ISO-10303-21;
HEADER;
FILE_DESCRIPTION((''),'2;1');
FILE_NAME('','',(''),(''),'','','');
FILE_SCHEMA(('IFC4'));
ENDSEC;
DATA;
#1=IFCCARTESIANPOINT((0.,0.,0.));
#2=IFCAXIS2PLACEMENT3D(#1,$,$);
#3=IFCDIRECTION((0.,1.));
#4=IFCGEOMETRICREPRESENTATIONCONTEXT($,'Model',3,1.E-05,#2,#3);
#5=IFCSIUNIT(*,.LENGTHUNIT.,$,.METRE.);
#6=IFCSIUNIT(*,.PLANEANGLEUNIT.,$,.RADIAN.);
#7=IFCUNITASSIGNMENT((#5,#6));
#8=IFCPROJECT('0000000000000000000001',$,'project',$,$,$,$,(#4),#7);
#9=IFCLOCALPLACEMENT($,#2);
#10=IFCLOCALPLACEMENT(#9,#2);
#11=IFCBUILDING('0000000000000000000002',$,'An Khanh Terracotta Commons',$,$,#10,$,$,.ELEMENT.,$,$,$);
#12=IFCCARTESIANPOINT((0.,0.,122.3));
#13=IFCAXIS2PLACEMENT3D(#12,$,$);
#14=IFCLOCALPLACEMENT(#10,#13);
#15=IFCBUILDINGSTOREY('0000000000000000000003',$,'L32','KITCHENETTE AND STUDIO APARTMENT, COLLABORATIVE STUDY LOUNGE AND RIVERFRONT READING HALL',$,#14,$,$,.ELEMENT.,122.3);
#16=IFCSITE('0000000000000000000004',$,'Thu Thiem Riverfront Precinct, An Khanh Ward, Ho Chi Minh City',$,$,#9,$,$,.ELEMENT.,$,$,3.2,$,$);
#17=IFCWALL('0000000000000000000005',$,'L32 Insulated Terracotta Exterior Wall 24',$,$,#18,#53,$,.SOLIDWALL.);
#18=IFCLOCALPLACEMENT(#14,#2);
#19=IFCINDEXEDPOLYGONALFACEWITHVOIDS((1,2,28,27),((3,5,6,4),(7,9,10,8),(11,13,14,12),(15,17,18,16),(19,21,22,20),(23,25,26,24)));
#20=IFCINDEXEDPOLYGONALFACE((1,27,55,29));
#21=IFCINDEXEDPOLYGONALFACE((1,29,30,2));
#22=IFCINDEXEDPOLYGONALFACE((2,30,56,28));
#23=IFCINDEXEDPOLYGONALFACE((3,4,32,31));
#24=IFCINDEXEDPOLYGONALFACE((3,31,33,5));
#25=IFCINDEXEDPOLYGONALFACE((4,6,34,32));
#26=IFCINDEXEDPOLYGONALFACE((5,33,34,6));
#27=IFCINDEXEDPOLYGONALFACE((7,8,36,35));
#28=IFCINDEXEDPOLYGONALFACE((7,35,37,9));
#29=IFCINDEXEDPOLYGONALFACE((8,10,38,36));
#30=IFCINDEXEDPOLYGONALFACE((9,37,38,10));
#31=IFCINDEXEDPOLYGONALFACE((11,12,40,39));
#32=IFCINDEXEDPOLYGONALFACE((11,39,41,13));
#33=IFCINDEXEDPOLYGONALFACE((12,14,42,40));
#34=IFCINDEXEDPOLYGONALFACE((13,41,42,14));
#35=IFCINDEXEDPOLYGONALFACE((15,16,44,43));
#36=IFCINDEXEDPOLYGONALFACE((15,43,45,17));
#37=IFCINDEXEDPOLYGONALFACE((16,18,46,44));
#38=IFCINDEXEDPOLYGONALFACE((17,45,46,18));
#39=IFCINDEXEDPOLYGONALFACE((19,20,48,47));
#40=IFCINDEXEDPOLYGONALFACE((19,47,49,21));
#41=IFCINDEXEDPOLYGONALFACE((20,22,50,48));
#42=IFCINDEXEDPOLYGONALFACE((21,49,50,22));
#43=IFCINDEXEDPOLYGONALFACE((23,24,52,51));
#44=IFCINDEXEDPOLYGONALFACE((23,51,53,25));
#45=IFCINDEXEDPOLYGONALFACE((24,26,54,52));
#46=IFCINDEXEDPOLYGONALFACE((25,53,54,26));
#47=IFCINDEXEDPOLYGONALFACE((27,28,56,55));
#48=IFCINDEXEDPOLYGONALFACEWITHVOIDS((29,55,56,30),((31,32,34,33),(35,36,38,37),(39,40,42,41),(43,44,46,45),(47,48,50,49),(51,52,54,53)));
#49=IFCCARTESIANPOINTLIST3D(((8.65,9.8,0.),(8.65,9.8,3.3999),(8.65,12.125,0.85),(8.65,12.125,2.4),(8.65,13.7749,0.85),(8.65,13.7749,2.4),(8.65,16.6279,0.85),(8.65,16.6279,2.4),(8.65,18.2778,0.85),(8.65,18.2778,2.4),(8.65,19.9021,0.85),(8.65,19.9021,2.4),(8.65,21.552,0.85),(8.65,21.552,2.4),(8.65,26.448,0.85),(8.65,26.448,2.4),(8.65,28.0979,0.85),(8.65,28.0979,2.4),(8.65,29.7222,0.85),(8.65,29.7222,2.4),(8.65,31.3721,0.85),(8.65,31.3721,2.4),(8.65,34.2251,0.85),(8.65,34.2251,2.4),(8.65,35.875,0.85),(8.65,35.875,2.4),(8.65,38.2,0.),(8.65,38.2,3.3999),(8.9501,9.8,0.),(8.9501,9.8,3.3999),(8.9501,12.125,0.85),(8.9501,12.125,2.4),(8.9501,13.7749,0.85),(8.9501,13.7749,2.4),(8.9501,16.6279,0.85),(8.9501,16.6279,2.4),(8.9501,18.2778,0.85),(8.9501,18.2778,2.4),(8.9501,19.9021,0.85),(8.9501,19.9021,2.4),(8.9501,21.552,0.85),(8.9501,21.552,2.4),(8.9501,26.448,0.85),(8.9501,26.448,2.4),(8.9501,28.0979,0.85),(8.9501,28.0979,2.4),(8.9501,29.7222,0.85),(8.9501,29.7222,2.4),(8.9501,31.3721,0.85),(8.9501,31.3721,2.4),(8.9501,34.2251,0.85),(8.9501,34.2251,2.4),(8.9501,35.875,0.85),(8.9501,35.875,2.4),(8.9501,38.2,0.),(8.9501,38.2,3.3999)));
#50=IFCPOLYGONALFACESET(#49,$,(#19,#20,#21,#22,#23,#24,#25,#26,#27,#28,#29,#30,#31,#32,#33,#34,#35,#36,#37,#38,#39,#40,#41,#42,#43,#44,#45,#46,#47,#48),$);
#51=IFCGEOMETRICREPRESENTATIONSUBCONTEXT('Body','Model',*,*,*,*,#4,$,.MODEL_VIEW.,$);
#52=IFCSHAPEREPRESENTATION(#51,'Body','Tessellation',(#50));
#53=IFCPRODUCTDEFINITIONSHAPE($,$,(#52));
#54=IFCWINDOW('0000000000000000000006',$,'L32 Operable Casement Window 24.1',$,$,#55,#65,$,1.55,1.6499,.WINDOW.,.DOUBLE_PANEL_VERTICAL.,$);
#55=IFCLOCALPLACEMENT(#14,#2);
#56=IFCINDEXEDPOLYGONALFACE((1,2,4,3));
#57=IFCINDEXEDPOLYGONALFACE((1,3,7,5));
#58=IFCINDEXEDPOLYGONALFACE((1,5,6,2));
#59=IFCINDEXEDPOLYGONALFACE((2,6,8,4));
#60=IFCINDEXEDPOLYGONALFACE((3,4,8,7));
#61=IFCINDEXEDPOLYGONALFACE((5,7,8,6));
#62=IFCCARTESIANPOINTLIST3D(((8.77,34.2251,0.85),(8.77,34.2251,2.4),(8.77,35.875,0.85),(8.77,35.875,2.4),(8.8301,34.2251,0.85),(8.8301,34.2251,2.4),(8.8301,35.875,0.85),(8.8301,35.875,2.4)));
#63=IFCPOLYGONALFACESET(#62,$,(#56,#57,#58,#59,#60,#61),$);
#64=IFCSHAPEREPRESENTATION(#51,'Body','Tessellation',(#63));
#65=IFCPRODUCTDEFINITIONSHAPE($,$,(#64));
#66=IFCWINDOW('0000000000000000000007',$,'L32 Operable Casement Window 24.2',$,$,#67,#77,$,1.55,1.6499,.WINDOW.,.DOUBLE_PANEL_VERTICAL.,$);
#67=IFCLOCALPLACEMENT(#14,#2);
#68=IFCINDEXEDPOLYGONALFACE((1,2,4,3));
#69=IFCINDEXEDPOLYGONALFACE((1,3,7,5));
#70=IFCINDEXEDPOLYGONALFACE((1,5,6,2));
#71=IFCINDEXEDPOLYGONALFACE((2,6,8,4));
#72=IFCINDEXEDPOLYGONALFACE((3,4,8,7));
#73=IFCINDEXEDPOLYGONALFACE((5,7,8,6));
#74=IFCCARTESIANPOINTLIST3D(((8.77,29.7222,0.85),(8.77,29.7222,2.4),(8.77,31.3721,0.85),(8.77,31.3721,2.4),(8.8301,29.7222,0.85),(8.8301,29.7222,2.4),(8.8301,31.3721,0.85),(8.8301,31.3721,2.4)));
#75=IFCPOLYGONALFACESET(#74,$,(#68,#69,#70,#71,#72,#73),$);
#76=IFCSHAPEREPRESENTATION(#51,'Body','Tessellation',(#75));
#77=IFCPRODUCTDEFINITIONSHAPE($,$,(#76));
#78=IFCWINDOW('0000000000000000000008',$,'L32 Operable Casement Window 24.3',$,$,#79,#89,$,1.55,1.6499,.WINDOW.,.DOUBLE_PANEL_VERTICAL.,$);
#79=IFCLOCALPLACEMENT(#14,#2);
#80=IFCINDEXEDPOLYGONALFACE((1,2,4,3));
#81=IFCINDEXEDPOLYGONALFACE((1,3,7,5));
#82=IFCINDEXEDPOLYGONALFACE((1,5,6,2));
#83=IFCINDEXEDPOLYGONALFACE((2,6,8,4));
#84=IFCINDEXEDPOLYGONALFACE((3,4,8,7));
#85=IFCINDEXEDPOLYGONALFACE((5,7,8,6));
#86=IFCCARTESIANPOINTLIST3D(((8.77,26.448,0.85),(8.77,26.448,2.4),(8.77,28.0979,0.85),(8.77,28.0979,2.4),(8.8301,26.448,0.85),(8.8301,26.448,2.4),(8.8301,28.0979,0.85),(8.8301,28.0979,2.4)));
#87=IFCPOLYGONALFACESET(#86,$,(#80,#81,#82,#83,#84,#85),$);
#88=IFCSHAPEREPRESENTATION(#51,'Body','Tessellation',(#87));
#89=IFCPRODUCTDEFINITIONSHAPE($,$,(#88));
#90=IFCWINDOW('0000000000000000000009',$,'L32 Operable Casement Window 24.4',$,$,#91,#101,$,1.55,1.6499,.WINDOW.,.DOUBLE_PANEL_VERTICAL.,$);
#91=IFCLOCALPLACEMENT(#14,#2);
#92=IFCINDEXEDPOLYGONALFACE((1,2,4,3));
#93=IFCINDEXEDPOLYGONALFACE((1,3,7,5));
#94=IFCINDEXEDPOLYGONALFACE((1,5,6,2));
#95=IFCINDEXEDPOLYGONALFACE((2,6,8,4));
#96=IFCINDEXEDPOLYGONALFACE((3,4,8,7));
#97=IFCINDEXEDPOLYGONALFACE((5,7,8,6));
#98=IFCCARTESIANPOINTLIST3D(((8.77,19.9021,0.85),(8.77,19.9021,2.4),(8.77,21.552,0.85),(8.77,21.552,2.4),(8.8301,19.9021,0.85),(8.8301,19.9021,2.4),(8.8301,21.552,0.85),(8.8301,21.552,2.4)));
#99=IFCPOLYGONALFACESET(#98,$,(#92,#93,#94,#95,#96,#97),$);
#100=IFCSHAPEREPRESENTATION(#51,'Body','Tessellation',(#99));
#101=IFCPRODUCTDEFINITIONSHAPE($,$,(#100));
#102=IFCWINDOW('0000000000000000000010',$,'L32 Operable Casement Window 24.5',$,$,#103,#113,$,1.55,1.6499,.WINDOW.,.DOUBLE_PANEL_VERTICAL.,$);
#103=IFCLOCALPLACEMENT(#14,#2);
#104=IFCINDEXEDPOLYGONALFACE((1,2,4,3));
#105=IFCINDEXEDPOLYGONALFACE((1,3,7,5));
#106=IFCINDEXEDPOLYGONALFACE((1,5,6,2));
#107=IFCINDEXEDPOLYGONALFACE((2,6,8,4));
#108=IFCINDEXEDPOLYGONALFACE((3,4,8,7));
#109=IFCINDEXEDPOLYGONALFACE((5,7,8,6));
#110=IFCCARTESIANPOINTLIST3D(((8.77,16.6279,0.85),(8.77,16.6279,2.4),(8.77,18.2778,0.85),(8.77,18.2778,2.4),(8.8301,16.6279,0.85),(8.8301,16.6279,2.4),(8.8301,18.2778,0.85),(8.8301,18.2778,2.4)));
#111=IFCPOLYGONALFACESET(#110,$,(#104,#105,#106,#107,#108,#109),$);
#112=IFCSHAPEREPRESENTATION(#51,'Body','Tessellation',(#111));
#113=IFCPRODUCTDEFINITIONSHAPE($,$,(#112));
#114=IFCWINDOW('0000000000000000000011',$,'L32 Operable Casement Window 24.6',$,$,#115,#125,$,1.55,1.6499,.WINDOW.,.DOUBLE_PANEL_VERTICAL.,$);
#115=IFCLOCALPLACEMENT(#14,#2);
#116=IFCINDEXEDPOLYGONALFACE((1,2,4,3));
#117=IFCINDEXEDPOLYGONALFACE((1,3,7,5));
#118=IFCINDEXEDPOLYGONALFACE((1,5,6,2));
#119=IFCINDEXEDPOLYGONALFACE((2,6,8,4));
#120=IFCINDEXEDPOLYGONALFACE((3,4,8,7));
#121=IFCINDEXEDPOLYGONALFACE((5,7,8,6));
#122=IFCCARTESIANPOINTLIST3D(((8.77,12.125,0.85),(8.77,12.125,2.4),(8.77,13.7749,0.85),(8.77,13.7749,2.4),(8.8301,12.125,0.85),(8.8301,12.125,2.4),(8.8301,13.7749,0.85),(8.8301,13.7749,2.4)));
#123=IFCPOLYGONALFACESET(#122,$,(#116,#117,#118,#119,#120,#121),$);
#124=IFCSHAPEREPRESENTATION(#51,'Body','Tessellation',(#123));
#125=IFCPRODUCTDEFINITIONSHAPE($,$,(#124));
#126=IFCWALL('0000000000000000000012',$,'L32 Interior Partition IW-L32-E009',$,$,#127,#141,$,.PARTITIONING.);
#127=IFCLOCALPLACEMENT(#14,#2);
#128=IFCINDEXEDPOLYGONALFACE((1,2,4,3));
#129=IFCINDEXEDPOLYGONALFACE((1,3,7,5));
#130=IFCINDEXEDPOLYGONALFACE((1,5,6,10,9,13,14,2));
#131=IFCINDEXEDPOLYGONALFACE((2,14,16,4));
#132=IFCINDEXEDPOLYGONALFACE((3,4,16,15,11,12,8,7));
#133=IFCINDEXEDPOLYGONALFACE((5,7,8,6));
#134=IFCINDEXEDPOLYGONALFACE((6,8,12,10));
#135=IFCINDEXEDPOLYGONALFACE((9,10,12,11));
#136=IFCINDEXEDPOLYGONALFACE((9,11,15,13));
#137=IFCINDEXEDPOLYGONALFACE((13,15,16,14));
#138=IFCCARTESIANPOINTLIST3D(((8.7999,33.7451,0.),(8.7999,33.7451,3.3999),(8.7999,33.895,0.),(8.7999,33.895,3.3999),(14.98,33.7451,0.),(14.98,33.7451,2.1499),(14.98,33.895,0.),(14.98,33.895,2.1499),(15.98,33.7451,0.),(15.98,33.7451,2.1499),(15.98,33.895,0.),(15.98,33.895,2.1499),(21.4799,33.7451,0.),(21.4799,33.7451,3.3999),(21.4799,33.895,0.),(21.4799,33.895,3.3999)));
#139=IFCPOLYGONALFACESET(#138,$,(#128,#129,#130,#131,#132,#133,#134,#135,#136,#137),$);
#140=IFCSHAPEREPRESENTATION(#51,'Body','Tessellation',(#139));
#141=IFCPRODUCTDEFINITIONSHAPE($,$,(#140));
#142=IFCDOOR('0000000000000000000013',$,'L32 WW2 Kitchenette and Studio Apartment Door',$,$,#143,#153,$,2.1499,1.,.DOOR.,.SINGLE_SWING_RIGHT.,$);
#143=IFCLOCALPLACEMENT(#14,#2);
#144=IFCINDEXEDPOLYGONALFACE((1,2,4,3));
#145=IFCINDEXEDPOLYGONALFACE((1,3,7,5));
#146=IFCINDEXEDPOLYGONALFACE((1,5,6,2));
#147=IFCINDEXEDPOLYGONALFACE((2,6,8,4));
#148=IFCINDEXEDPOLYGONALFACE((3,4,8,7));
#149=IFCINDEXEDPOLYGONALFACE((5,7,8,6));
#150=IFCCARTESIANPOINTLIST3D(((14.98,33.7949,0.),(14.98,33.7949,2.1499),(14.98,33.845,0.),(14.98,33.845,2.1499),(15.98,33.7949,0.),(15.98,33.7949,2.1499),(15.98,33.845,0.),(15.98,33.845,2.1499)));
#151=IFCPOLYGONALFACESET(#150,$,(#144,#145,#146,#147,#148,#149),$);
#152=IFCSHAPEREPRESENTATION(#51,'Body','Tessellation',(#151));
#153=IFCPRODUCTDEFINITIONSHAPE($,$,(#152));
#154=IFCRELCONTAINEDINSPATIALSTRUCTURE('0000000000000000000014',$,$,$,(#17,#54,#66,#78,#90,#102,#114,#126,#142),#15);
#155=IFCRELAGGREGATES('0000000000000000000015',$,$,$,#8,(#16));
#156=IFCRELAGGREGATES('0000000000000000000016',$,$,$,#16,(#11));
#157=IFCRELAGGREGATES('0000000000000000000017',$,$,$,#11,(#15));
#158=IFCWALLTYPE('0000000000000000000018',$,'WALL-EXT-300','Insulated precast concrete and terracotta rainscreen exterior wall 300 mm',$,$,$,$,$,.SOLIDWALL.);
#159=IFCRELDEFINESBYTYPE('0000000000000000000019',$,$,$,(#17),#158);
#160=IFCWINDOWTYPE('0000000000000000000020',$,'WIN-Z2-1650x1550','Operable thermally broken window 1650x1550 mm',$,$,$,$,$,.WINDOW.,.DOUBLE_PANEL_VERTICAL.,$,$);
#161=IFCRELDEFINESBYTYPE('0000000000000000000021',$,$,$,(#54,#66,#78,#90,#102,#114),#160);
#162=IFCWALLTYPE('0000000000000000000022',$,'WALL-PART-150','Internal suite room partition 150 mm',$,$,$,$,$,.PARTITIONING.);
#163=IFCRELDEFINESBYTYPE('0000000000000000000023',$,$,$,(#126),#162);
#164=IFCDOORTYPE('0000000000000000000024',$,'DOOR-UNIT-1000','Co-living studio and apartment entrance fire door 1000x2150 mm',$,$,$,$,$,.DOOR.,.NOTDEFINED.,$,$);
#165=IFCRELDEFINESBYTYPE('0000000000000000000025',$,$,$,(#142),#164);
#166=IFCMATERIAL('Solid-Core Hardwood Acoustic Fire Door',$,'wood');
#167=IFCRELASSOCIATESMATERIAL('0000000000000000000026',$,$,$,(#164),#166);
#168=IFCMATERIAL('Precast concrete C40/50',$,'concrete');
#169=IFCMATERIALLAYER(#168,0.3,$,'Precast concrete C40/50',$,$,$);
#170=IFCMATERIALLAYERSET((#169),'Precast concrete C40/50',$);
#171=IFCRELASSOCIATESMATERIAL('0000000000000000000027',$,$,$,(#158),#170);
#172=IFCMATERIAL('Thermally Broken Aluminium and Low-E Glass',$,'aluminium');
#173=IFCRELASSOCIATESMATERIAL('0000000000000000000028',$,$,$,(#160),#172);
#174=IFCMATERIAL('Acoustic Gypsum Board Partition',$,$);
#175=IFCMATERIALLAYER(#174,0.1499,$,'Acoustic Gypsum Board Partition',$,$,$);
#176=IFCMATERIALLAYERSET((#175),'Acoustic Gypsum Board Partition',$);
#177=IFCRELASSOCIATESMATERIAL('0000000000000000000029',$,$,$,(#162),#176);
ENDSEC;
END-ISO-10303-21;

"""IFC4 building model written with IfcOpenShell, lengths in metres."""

from ifc_helpers import new_model, si_unit, direction, frame, frame_2d, origin, place, context, subcontext, project, spatial, rectangle, extrude, material, layer, layer_set, type_object, element, fill, save


model = new_model("IFC4")

# Units and contexts
model_context = context("Model", 3, precision=1e-05, world=origin(), true_north=direction((0.0, 1.0)))
body_context = subcontext(model_context, "Body", "Model", "MODEL_VIEW")
ifc_project = project(units=[si_unit("LENGTHUNIT", "METRE"), si_unit("PLANEANGLEUNIT", "RADIAN")], contexts=[model_context])

# Site, building, storey
site_placement = place(None, origin())
site = spatial("IfcSite", under=ifc_project, at=site_placement, Name="Thu Thiem Riverfront Precinct, An Khanh Ward, Ho Chi Minh City", CompositionType="ELEMENT", RefElevation=3.2)
building_placement = place(site_placement, origin())
building = spatial("IfcBuilding", under=site, at=building_placement, Name="An Khanh Terracotta Commons", CompositionType="ELEMENT")
storey_placement = place(building_placement, frame((0.0, 0.0, 122.3)))
storey = spatial("IfcBuildingStorey", under=building, at=storey_placement, Name="L32", Description="KITCHENETTE AND STUDIO APARTMENT, COLLABORATIVE STUDY LOUNGE AND RIVERFRONT READING HALL", CompositionType="ELEMENT", Elevation=122.3)

# Shared definitions
ifc_material_1 = material(Name="Solid-Core Hardwood Acoustic Fire Door", Category="wood")
door_type_1 = type_object("IfcDoorType", Name="DOOR-UNIT-1000", Description="Co-living studio and apartment entrance fire door 1000x2150 mm", OperationType="NOTDEFINED", PredefinedType="DOOR", material=ifc_material_1)

# Shared definitions
ifc_material_2 = material(Name="Precast concrete C40/50", Category="concrete")
ifc_layer_1 = layer(ifc_material_2, 0.3, Name="Precast concrete C40/50")
ifc_layer_set_1 = layer_set([ifc_layer_1], Name="Precast concrete C40/50")
wall_type_1 = type_object("IfcWallType", Name="WALL-EXT-300", Description="Insulated precast concrete and terracotta rainscreen exterior wall 300 mm", PredefinedType="SOLIDWALL", material=ifc_layer_set_1)

# Wall, openings, windows
wall_1_placement = place(storey_placement, frame((8.8, 38.2, 0.0), z_axis=(0.0, 0.0, 1.0), x_axis=(0.0, -1.0, 0.0)))
wall_1 = element("IfcWall", 1, at=wall_1_placement, inside=storey, type_object=wall_type_1, Name="L32 Insulated Terracotta Exterior Wall 24", PredefinedType="SOLIDWALL", context=body_context, shape_type="SweptSolid", body=[
    extrude(rectangle(XDim=28.3999, YDim=0.3, at=frame_2d((14.2, 0.0))), origin(), (0.0, 0.0, 1.0), 3.3999),
])
opening_1_placement = place(wall_1_placement, frame((2.325, 0.0, 0.8501)))
opening_1 = element("IfcOpeningElement", 2, at=opening_1_placement, cuts=wall_1, PredefinedType="OPENING", context=body_context, shape_type="SweptSolid", body=[
    extrude(rectangle(XDim=1.6499, YDim=1.55, at=frame_2d((0.825, 0.7749))), frame((0.0, 0.1599, 0.0), z_axis=(0.0, -1.0, 0.0), x_axis=(1.0, 0.0, 0.0)), (0.0, 0.0, 1.0), 0.3201),
])
opening_2_placement = place(wall_1_placement, frame((6.8279, 0.0, 0.8501)))
opening_2 = element("IfcOpeningElement", 3, at=opening_2_placement, cuts=wall_1, PredefinedType="OPENING", context=body_context, shape_type="SweptSolid", body=[
    extrude(rectangle(XDim=1.6499, YDim=1.55, at=frame_2d((0.825, 0.7749))), frame((0.0, 0.1599, 0.0), z_axis=(0.0, -1.0, 0.0), x_axis=(1.0, 0.0, 0.0)), (0.0, 0.0, 1.0), 0.3201),
])
opening_3_placement = place(wall_1_placement, frame((10.1021, 0.0, 0.8501)))
opening_3 = element("IfcOpeningElement", 4, at=opening_3_placement, cuts=wall_1, PredefinedType="OPENING", context=body_context, shape_type="SweptSolid", body=[
    extrude(rectangle(XDim=1.6499, YDim=1.55, at=frame_2d((0.825, 0.7749))), frame((0.0, 0.1599, 0.0), z_axis=(0.0, -1.0, 0.0), x_axis=(1.0, 0.0, 0.0)), (0.0, 0.0, 1.0), 0.3201),
])
opening_4_placement = place(wall_1_placement, frame((16.6479, 0.0, 0.8501)))
opening_4 = element("IfcOpeningElement", 5, at=opening_4_placement, cuts=wall_1, PredefinedType="OPENING", context=body_context, shape_type="SweptSolid", body=[
    extrude(rectangle(XDim=1.6499, YDim=1.55, at=frame_2d((0.825, 0.7749))), frame((0.0, 0.1599, 0.0), z_axis=(0.0, -1.0, 0.0), x_axis=(1.0, 0.0, 0.0)), (0.0, 0.0, 1.0), 0.3201),
])
opening_5_placement = place(wall_1_placement, frame((19.9221, 0.0, 0.8501)))
opening_5 = element("IfcOpeningElement", 6, at=opening_5_placement, cuts=wall_1, PredefinedType="OPENING", context=body_context, shape_type="SweptSolid", body=[
    extrude(rectangle(XDim=1.6499, YDim=1.55, at=frame_2d((0.825, 0.7749))), frame((0.0, 0.1599, 0.0), z_axis=(0.0, -1.0, 0.0), x_axis=(1.0, 0.0, 0.0)), (0.0, 0.0, 1.0), 0.3201),
])
opening_6_placement = place(wall_1_placement, frame((24.425, 0.0, 0.8501)))
opening_6 = element("IfcOpeningElement", 7, at=opening_6_placement, cuts=wall_1, PredefinedType="OPENING", context=body_context, shape_type="SweptSolid", body=[
    extrude(rectangle(XDim=1.6499, YDim=1.55, at=frame_2d((0.825, 0.7749))), frame((0.0, 0.1599, 0.0), z_axis=(0.0, -1.0, 0.0), x_axis=(1.0, 0.0, 0.0)), (0.0, 0.0, 1.0), 0.3201),
])
ifc_material_3 = material(Name="Thermally Broken Aluminium and Low-E Glass", Category="aluminium")
window_type = type_object("IfcWindowType", Name="WIN-Z2-1650x1550", Description="Operable thermally broken window 1650x1550 mm", PartitioningType="DOUBLE_PANEL_VERTICAL", PredefinedType="WINDOW", material=ifc_material_3)
window_1_placement = place(opening_1_placement, origin())
window_1 = element("IfcWindow", 8, at=window_1_placement, inside=storey, type_object=window_type, Name="L32 Operable Casement Window 24.1", OverallHeight=1.55, OverallWidth=1.6499, PartitioningType="DOUBLE_PANEL_VERTICAL", PredefinedType="WINDOW", context=body_context, shape_type="SweptSolid", body=[
    extrude(rectangle(XDim=1.6499, YDim=1.55, at=frame_2d((0.825, 0.7749))), frame((0.0, 0.03, 0.0), z_axis=(0.0, -1.0, 0.0), x_axis=(1.0, 0.0, 0.0)), (0.0, 0.0, 1.0), 0.0601),
])
fill(opening_1, window_1)
window_2_placement = place(opening_2_placement, origin())
window_2 = element("IfcWindow", 9, at=window_2_placement, inside=storey, type_object=window_type, Name="L32 Operable Casement Window 24.2", OverallHeight=1.55, OverallWidth=1.6499, PartitioningType="DOUBLE_PANEL_VERTICAL", PredefinedType="WINDOW", context=body_context, shape_type="SweptSolid", body=[
    extrude(rectangle(XDim=1.6499, YDim=1.55, at=frame_2d((0.825, 0.7749))), frame((0.0, 0.03, 0.0), z_axis=(0.0, -1.0, 0.0), x_axis=(1.0, 0.0, 0.0)), (0.0, 0.0, 1.0), 0.0601),
])
fill(opening_2, window_2)
window_3_placement = place(opening_3_placement, origin())
window_3 = element("IfcWindow", 10, at=window_3_placement, inside=storey, type_object=window_type, Name="L32 Operable Casement Window 24.3", OverallHeight=1.55, OverallWidth=1.6499, PartitioningType="DOUBLE_PANEL_VERTICAL", PredefinedType="WINDOW", context=body_context, shape_type="SweptSolid", body=[
    extrude(rectangle(XDim=1.6499, YDim=1.55, at=frame_2d((0.825, 0.7749))), frame((0.0, 0.03, 0.0), z_axis=(0.0, -1.0, 0.0), x_axis=(1.0, 0.0, 0.0)), (0.0, 0.0, 1.0), 0.0601),
])
fill(opening_3, window_3)
window_4_placement = place(opening_4_placement, origin())
window_4 = element("IfcWindow", 11, at=window_4_placement, inside=storey, type_object=window_type, Name="L32 Operable Casement Window 24.4", OverallHeight=1.55, OverallWidth=1.6499, PartitioningType="DOUBLE_PANEL_VERTICAL", PredefinedType="WINDOW", context=body_context, shape_type="SweptSolid", body=[
    extrude(rectangle(XDim=1.6499, YDim=1.55, at=frame_2d((0.825, 0.7749))), frame((0.0, 0.03, 0.0), z_axis=(0.0, -1.0, 0.0), x_axis=(1.0, 0.0, 0.0)), (0.0, 0.0, 1.0), 0.0601),
])
fill(opening_4, window_4)
window_5_placement = place(opening_5_placement, origin())
window_5 = element("IfcWindow", 12, at=window_5_placement, inside=storey, type_object=window_type, Name="L32 Operable Casement Window 24.5", OverallHeight=1.55, OverallWidth=1.6499, PartitioningType="DOUBLE_PANEL_VERTICAL", PredefinedType="WINDOW", context=body_context, shape_type="SweptSolid", body=[
    extrude(rectangle(XDim=1.6499, YDim=1.55, at=frame_2d((0.825, 0.7749))), frame((0.0, 0.03, 0.0), z_axis=(0.0, -1.0, 0.0), x_axis=(1.0, 0.0, 0.0)), (0.0, 0.0, 1.0), 0.0601),
])
fill(opening_5, window_5)
window_6_placement = place(opening_6_placement, origin())
window_6 = element("IfcWindow", 13, at=window_6_placement, inside=storey, type_object=window_type, Name="L32 Operable Casement Window 24.6", OverallHeight=1.55, OverallWidth=1.6499, PartitioningType="DOUBLE_PANEL_VERTICAL", PredefinedType="WINDOW", context=body_context, shape_type="SweptSolid", body=[
    extrude(rectangle(XDim=1.6499, YDim=1.55, at=frame_2d((0.825, 0.7749))), frame((0.0, 0.03, 0.0), z_axis=(0.0, -1.0, 0.0), x_axis=(1.0, 0.0, 0.0)), (0.0, 0.0, 1.0), 0.0601),
])
fill(opening_6, window_6)

# Wall, opening, door
ifc_material_4 = material(Name="Acoustic Gypsum Board Partition")
ifc_layer_2 = layer(ifc_material_4, 0.1499, Name="Acoustic Gypsum Board Partition")
ifc_layer_set_2 = layer_set([ifc_layer_2], Name="Acoustic Gypsum Board Partition")
wall_type_2 = type_object("IfcWallType", Name="WALL-PART-150", Description="Internal suite room partition 150 mm", PredefinedType="PARTITIONING", material=ifc_layer_set_2)
wall_2_placement = place(storey_placement, frame((8.8, 33.8201, 0.0), z_axis=(0.0, 0.0, 1.0), x_axis=(1.0, 0.0, 0.0)))
wall_2 = element("IfcWall", 14, at=wall_2_placement, inside=storey, type_object=wall_type_2, Name="L32 Interior Partition IW-L32-E009", PredefinedType="PARTITIONING", context=body_context, shape_type="SweptSolid", body=[
    extrude(rectangle(XDim=12.6799, YDim=0.1499, at=frame_2d((6.3398, 0.0))), origin(), (0.0, 0.0, 1.0), 3.3999),
])
opening_7_placement = place(wall_2_placement, frame((6.1799, 0.0, 0.0)))
opening_7 = element("IfcOpeningElement", 15, at=opening_7_placement, cuts=wall_2, PredefinedType="OPENING", context=body_context, shape_type="SweptSolid", body=[
    extrude(rectangle(XDim=1.0, YDim=2.1499, at=frame_2d((0.5, 1.075))), frame((0.0, 0.085, 0.0), z_axis=(0.0, -1.0, 0.0), x_axis=(1.0, 0.0, 0.0)), (0.0, 0.0, 1.0), 0.1699),
])
door_1_placement = place(opening_7_placement, origin())
door_1 = element("IfcDoor", 16, at=door_1_placement, inside=storey, type_object=door_type_1, Name="L32 WW2 Kitchenette and Studio Apartment Door", OperationType="SINGLE_SWING_RIGHT", OverallHeight=2.1499, OverallWidth=1.0, PredefinedType="DOOR", context=body_context, shape_type="SweptSolid", body=[
    extrude(rectangle(XDim=1.0, YDim=2.1499, at=frame_2d((0.5, 1.075))), frame((0.0, 0.0249, 0.0), z_axis=(0.0, -1.0, 0.0), x_axis=(1.0, 0.0, 0.0)), (0.0, 0.0, 1.0), 0.05),
])
fill(opening_7, door_1)

save(model, "model.ifc")
